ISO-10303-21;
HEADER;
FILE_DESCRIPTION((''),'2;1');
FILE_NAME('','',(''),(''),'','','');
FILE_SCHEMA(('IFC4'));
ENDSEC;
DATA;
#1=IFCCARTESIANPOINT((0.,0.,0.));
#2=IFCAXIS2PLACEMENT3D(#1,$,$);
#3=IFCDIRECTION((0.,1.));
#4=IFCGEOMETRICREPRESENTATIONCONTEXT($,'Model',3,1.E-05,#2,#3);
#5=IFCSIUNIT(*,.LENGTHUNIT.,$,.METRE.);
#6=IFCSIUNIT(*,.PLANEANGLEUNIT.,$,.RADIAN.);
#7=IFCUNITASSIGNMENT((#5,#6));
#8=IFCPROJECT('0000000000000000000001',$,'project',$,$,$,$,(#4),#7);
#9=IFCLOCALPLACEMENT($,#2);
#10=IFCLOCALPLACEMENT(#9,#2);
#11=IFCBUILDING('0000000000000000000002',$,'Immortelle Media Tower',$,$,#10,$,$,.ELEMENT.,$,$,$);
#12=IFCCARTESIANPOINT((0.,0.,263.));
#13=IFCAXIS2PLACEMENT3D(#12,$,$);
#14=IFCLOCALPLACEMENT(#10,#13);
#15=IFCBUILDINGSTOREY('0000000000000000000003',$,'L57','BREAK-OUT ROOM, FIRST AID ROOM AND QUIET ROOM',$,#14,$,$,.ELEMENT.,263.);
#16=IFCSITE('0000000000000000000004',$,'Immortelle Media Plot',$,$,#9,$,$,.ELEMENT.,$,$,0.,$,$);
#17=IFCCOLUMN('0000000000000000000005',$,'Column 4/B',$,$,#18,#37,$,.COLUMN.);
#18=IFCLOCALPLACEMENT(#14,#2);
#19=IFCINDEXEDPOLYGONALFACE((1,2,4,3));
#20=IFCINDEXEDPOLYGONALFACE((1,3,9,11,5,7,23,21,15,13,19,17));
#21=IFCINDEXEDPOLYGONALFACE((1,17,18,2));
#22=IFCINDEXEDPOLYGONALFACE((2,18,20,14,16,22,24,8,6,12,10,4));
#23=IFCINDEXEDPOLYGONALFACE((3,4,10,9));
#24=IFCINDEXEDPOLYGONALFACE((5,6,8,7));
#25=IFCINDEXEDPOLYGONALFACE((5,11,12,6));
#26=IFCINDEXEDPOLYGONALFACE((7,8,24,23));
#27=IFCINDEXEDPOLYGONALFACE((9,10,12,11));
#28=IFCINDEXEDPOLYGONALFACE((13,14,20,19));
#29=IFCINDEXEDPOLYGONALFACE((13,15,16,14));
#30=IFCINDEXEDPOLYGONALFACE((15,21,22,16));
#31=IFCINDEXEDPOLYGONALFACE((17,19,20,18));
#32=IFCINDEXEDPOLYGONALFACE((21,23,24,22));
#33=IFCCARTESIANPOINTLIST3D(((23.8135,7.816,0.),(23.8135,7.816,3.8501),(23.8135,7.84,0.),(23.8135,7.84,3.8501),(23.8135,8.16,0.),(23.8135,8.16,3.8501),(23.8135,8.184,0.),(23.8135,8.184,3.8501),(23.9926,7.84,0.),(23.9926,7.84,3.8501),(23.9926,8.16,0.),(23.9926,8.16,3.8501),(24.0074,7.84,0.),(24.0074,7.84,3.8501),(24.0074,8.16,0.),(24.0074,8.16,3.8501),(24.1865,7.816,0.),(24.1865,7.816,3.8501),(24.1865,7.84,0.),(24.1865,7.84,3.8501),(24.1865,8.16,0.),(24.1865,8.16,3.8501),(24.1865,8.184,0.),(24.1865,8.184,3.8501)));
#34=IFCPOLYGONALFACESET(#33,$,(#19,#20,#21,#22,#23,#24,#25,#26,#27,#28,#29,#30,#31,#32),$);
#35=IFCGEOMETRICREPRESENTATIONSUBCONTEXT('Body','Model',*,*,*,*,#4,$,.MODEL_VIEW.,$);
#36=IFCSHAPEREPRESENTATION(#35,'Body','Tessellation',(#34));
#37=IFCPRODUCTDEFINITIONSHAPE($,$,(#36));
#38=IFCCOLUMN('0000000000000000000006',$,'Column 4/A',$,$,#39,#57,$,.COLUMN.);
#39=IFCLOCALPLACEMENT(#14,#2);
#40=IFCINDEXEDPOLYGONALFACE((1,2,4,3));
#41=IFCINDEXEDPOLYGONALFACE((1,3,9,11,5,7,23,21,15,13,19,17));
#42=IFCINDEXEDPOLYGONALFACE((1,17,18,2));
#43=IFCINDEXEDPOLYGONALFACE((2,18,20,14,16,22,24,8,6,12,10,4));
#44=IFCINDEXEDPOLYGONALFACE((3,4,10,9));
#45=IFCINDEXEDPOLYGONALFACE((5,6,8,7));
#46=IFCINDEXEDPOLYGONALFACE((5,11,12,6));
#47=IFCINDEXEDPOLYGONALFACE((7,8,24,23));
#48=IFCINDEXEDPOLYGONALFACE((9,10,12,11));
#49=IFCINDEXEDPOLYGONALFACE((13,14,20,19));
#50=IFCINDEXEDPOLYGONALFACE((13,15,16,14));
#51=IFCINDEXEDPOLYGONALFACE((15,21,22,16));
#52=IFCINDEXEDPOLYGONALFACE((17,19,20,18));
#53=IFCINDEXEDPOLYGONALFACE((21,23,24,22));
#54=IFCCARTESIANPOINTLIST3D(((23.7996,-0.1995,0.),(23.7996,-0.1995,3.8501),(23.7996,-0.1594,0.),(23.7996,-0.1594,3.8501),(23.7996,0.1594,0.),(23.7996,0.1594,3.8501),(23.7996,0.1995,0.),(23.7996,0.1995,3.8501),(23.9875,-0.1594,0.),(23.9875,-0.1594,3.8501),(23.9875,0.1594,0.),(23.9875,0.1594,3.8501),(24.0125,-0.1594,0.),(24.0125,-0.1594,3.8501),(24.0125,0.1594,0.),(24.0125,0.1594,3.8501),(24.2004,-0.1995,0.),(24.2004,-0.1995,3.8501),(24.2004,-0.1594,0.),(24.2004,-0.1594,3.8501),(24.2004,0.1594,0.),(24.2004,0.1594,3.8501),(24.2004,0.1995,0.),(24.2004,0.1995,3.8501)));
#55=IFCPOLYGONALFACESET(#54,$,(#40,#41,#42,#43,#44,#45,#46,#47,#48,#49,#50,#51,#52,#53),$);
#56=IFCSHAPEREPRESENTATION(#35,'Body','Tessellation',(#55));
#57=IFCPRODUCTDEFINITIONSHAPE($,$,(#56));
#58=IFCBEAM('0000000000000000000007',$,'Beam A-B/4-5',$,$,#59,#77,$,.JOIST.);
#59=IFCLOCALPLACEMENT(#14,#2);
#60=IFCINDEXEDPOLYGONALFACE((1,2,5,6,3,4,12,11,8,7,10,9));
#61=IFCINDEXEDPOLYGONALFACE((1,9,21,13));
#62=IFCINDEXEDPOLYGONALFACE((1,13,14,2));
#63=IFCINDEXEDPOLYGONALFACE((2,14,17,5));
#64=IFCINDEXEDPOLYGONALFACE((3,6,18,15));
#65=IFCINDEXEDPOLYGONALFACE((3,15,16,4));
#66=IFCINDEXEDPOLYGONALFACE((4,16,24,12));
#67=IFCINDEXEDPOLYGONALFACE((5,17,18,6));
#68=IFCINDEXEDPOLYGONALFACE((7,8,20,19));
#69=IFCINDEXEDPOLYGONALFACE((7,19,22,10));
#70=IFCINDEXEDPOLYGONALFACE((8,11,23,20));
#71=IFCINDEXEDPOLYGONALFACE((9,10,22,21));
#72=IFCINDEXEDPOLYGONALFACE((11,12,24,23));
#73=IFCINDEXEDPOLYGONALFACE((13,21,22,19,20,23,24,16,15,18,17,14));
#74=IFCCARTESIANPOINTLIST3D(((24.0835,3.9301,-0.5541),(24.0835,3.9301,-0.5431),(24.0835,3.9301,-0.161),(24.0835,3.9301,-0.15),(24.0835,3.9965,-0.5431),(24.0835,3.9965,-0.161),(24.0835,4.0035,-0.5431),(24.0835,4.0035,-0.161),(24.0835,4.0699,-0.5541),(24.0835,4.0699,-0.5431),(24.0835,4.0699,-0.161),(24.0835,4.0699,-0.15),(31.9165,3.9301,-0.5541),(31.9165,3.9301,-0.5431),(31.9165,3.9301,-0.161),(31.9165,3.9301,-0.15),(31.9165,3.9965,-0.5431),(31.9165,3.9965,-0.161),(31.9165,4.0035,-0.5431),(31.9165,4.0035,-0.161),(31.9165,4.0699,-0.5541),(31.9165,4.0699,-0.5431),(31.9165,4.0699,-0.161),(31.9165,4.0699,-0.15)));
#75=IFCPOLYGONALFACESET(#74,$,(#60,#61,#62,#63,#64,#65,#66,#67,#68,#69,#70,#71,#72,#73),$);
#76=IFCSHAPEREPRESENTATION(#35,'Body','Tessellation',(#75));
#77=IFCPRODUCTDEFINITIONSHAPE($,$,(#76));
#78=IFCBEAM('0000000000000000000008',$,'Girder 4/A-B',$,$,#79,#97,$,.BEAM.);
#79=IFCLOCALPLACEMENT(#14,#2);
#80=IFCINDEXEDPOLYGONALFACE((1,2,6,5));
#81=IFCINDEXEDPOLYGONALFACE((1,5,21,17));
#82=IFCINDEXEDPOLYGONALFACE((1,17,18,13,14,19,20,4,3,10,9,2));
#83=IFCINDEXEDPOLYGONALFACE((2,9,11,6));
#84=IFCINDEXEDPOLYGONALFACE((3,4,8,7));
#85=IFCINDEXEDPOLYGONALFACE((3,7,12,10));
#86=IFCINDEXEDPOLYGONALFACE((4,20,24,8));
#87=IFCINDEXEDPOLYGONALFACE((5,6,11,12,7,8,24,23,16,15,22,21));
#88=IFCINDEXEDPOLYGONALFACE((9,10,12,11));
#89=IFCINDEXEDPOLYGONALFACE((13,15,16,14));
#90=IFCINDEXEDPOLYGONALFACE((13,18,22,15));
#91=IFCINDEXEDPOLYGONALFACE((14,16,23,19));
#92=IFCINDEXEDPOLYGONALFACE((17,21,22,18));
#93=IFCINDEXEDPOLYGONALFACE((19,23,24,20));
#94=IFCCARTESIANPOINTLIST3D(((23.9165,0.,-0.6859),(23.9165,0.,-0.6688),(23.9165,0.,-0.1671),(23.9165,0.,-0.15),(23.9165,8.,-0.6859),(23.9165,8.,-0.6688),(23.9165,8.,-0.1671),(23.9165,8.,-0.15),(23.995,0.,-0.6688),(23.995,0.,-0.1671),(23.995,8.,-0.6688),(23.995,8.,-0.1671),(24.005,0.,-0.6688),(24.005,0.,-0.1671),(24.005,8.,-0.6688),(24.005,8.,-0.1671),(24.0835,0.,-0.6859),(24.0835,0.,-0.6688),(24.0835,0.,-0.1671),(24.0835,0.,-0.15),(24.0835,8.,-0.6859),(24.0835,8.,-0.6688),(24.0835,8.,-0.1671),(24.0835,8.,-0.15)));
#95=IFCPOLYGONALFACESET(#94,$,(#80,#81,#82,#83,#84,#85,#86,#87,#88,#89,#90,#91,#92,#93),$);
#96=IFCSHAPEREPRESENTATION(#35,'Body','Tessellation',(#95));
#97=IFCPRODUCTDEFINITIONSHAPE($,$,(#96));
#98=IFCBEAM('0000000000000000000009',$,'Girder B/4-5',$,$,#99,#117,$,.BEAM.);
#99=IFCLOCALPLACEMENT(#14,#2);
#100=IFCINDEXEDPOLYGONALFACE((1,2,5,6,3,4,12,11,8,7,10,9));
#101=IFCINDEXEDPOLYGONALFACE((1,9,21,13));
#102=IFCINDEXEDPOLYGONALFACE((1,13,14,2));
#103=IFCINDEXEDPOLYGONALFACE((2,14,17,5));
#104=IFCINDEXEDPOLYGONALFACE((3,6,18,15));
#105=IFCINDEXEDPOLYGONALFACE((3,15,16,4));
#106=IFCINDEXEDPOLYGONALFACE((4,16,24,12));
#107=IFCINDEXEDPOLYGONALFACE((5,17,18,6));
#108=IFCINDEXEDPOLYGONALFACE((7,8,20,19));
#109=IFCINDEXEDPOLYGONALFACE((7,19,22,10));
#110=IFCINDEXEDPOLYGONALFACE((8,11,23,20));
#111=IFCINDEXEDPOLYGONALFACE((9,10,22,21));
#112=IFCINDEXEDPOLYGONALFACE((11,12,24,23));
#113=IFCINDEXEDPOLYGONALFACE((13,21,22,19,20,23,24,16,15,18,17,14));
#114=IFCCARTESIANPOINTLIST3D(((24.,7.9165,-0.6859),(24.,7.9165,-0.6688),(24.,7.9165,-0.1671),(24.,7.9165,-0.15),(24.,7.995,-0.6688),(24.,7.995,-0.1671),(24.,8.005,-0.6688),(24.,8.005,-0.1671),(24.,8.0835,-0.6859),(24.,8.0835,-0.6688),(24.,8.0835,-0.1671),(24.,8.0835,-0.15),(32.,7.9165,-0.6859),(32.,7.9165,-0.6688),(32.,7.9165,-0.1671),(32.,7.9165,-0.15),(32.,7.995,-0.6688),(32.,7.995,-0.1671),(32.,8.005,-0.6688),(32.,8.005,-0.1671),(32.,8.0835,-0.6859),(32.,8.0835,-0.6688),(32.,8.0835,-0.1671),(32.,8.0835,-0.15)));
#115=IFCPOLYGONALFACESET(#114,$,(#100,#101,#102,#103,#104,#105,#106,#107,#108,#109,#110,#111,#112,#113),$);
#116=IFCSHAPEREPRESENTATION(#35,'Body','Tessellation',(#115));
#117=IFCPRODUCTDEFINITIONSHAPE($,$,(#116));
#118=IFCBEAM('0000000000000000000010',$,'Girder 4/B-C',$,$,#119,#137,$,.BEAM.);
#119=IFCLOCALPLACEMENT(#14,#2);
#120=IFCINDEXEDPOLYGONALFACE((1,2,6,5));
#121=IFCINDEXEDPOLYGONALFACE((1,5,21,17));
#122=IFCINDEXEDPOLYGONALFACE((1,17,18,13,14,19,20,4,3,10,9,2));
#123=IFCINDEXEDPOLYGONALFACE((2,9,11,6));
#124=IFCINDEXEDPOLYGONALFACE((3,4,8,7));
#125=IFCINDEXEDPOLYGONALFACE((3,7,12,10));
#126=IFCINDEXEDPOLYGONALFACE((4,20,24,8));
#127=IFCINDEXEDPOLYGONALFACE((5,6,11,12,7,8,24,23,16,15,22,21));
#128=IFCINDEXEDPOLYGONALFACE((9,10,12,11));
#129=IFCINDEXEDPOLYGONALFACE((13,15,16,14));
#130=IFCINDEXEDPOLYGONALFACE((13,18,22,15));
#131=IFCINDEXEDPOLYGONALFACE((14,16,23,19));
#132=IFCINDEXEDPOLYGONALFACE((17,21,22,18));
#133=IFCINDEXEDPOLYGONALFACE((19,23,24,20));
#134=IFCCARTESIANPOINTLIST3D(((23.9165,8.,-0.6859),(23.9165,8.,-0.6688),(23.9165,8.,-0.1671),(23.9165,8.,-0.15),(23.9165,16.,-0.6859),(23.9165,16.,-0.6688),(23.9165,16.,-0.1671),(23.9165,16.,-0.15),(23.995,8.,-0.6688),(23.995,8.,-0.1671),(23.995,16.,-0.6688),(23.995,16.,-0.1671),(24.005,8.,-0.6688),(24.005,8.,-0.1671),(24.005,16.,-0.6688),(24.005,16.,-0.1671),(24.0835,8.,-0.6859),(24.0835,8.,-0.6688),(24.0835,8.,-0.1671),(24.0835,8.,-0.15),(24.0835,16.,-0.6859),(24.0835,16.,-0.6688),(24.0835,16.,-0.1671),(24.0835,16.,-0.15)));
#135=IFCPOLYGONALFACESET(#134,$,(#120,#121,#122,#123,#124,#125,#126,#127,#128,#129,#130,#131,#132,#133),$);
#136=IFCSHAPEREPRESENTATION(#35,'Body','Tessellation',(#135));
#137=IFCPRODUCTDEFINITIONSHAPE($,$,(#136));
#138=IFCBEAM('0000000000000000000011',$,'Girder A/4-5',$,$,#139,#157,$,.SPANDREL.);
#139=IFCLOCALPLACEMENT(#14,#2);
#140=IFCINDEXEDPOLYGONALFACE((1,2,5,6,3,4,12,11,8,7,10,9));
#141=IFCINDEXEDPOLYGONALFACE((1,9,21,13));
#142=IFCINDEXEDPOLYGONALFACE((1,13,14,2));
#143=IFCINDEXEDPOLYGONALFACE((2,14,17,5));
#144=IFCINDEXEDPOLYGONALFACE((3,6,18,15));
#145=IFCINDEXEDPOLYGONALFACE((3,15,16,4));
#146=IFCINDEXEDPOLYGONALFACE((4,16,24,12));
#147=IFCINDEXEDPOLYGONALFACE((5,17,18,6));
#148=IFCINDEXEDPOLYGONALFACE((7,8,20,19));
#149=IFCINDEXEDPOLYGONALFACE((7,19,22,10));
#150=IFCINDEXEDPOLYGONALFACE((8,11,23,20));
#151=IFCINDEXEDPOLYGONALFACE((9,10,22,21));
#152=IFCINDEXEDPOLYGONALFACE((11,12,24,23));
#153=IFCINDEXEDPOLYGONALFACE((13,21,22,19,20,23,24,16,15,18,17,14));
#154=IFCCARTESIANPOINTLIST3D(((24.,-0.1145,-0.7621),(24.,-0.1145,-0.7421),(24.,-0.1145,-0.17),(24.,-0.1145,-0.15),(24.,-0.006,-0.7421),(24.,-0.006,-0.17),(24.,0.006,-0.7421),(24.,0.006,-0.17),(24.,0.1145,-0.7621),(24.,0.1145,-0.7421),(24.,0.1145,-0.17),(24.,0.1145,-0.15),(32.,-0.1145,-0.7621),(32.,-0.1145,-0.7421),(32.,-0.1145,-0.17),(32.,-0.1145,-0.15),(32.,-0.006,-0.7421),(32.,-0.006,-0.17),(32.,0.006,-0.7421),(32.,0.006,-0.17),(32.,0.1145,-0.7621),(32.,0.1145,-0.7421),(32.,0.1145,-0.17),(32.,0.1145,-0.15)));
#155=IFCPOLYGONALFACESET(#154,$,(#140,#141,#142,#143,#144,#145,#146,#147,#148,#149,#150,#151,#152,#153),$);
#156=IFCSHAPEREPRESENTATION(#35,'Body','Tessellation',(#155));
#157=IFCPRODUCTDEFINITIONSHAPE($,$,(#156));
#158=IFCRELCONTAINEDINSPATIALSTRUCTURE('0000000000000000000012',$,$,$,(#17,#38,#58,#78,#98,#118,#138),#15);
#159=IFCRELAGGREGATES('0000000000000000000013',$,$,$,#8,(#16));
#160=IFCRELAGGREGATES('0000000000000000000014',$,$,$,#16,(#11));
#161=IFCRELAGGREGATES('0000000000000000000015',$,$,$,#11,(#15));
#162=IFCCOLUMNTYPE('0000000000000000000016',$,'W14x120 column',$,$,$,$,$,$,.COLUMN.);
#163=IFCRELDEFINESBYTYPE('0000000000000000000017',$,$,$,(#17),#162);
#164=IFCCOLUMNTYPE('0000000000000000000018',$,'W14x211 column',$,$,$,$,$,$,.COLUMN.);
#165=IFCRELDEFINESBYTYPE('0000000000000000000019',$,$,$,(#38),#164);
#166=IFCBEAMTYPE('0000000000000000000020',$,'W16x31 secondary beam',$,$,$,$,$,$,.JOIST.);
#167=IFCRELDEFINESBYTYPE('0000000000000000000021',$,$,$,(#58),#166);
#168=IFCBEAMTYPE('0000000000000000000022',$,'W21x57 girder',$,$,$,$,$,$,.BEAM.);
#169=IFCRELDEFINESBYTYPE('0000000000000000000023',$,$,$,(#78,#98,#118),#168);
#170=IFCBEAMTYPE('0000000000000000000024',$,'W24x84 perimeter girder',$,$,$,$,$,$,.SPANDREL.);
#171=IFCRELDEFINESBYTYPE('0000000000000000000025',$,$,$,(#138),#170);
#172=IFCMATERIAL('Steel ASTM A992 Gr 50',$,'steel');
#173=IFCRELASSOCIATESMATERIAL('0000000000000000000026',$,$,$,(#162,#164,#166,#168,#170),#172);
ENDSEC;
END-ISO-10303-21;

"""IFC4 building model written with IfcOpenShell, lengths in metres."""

from ifc_helpers import new_model, si_unit, direction, frame, origin, origin_2d, place, context, subcontext, project, spatial, i_section, extrude, material, material_profile, profile_set, type_object, element, save


model = new_model("IFC4")

# Units and contexts
model_context = context("Model", 3, precision=1e-05, world=origin(), true_north=direction((0.0, 1.0)))
body_context = subcontext(model_context, "Body", "Model", "MODEL_VIEW")
ifc_project = project(units=[si_unit("LENGTHUNIT", "METRE"), si_unit("PLANEANGLEUNIT", "RADIAN")], contexts=[model_context])

# Site, building, storey
site_placement = place(None, origin())
site = spatial("IfcSite", under=ifc_project, at=site_placement, Name="Immortelle Media Plot", CompositionType="ELEMENT", RefElevation=0.0)
building_placement = place(site_placement, origin())
building = spatial("IfcBuilding", under=site, at=building_placement, Name="Immortelle Media Tower", CompositionType="ELEMENT")
storey_placement = place(building_placement, frame((0.0, 0.0, 263.0)))
storey = spatial("IfcBuildingStorey", under=building, at=storey_placement, Name="L57", Description="BREAK-OUT ROOM, FIRST AID ROOM AND QUIET ROOM", CompositionType="ELEMENT", Elevation=263.0)

# Columns
ifc_material_1 = material(Name="Steel ASTM A992 Gr 50", Category="steel")
ifc_material_profile_1 = material_profile(ifc_material_1, i_section(OverallWidth=0.373, OverallDepth=0.3679, WebThickness=0.0149, FlangeThickness=0.0239, at=origin_2d()), Name="W14x120")
ifc_profile_set_1 = profile_set([ifc_material_profile_1], Name="Steel ASTM A992 Gr 50")
column_type_1 = type_object("IfcColumnType", Name="W14x120 column", PredefinedType="COLUMN", material=ifc_profile_set_1)
column_1_placement = place(storey_placement, frame((24.0, 8.0, 0.0), z_axis=(0.0, 0.0, 1.0), x_axis=(1.0, 0.0, 0.0)))
element("IfcColumn", 1, at=column_1_placement, inside=storey, type_object=column_type_1, Name="Column 4/B", PredefinedType="COLUMN", context=body_context, shape_type="SweptSolid", body=[
    extrude(i_section(OverallWidth=0.373, OverallDepth=0.3679, WebThickness=0.0149, FlangeThickness=0.0239, at=origin_2d()), origin(), (0.0, 0.0, 1.0), 3.8501),
])
ifc_material_profile_2 = material_profile(ifc_material_1, i_section(OverallWidth=0.4009, OverallDepth=0.3989, WebThickness=0.0249, FlangeThickness=0.04, at=origin_2d()), Name="W14x211")
ifc_profile_set_2 = profile_set([ifc_material_profile_2], Name="Steel ASTM A992 Gr 50")
column_type_2 = type_object("IfcColumnType", Name="W14x211 column", PredefinedType="COLUMN", material=ifc_profile_set_2)
column_2_placement = place(storey_placement, frame((24.0, 0.0, 0.0), z_axis=(0.0, 0.0, 1.0), x_axis=(1.0, 0.0, 0.0)))
element("IfcColumn", 2, at=column_2_placement, inside=storey, type_object=column_type_2, Name="Column 4/A", PredefinedType="COLUMN", context=body_context, shape_type="SweptSolid", body=[
    extrude(i_section(OverallWidth=0.4009, OverallDepth=0.3989, WebThickness=0.0249, FlangeThickness=0.04, at=origin_2d()), origin(), (0.0, 0.0, 1.0), 3.8501),
])

# Beams
ifc_material_profile_3 = material_profile(ifc_material_1, i_section(OverallWidth=0.1399, OverallDepth=0.4041, WebThickness=0.0071, FlangeThickness=0.011, at=origin_2d()), Name="W16x31")
ifc_profile_set_3 = profile_set([ifc_material_profile_3], Name="Steel ASTM A992 Gr 50")
beam_type_1 = type_object("IfcBeamType", Name="W16x31 secondary beam", PredefinedType="JOIST", material=ifc_profile_set_3)
beam_1_placement = place(storey_placement, frame((24.0835, 4.0, -0.3521), z_axis=(1.0, 0.0, 0.0), x_axis=(0.0, 1.0, 0.0)))
element("IfcBeam", 3, at=beam_1_placement, inside=storey, type_object=beam_type_1, Name="Beam A-B/4-5", PredefinedType="JOIST", context=body_context, shape_type="SweptSolid", body=[
    extrude(i_section(OverallWidth=0.1399, OverallDepth=0.4041, WebThickness=0.0071, FlangeThickness=0.011, at=origin_2d()), origin(), (0.0, 0.0, 1.0), 7.833),
])
ifc_material_profile_4 = material_profile(ifc_material_1, i_section(OverallWidth=0.167, OverallDepth=0.5359, WebThickness=0.01, FlangeThickness=0.0171, at=origin_2d()), Name="W21x57")
ifc_profile_set_4 = profile_set([ifc_material_profile_4], Name="Steel ASTM A992 Gr 50")
beam_type_2 = type_object("IfcBeamType", Name="W21x57 girder", PredefinedType="BEAM", material=ifc_profile_set_4)
for number, where, z_axis, x_axis, name in (
    (4, (24.0, 0.0, -0.418), (0.0, 1.0, 0.0), (-1.0, 0.0, 0.0), "Girder 4/A-B"),
    (5, (24.0, 8.0, -0.418), (1.0, 0.0, 0.0), (0.0, 1.0, 0.0), "Girder B/4-5"),
    (6, (24.0, 8.0, -0.418), (0.0, 1.0, 0.0), (-1.0, 0.0, 0.0), "Girder 4/B-C"),
):
    element("IfcBeam", number, at=place(storey_placement, frame(where, z_axis=z_axis, x_axis=x_axis)), inside=storey, type_object=beam_type_2, Name=name, PredefinedType="BEAM", context=body_context, shape_type="SweptSolid", body=[
        extrude(i_section(OverallWidth=0.167, OverallDepth=0.5359, WebThickness=0.01, FlangeThickness=0.0171, at=origin_2d()), origin(), (0.0, 0.0, 1.0), 8.0),
    ])
ifc_material_profile_5 = material_profile(ifc_material_1, i_section(OverallWidth=0.229, OverallDepth=0.6121, WebThickness=0.012, FlangeThickness=0.02, at=origin_2d()), Name="W24x84")
ifc_profile_set_5 = profile_set([ifc_material_profile_5], Name="Steel ASTM A992 Gr 50")
beam_type_3 = type_object("IfcBeamType", Name="W24x84 perimeter girder", PredefinedType="SPANDREL", material=ifc_profile_set_5)
beam_2_placement = place(storey_placement, frame((24.0, 0.0, -0.4561), z_axis=(1.0, 0.0, 0.0), x_axis=(0.0, 1.0, 0.0)))
element("IfcBeam", 7, at=beam_2_placement, inside=storey, type_object=beam_type_3, Name="Girder A/4-5", PredefinedType="SPANDREL", context=body_context, shape_type="SweptSolid", body=[
    extrude(i_section(OverallWidth=0.229, OverallDepth=0.6121, WebThickness=0.012, FlangeThickness=0.02, at=origin_2d()), origin(), (0.0, 0.0, 1.0), 8.0),
])

save(model, "model.ifc")
